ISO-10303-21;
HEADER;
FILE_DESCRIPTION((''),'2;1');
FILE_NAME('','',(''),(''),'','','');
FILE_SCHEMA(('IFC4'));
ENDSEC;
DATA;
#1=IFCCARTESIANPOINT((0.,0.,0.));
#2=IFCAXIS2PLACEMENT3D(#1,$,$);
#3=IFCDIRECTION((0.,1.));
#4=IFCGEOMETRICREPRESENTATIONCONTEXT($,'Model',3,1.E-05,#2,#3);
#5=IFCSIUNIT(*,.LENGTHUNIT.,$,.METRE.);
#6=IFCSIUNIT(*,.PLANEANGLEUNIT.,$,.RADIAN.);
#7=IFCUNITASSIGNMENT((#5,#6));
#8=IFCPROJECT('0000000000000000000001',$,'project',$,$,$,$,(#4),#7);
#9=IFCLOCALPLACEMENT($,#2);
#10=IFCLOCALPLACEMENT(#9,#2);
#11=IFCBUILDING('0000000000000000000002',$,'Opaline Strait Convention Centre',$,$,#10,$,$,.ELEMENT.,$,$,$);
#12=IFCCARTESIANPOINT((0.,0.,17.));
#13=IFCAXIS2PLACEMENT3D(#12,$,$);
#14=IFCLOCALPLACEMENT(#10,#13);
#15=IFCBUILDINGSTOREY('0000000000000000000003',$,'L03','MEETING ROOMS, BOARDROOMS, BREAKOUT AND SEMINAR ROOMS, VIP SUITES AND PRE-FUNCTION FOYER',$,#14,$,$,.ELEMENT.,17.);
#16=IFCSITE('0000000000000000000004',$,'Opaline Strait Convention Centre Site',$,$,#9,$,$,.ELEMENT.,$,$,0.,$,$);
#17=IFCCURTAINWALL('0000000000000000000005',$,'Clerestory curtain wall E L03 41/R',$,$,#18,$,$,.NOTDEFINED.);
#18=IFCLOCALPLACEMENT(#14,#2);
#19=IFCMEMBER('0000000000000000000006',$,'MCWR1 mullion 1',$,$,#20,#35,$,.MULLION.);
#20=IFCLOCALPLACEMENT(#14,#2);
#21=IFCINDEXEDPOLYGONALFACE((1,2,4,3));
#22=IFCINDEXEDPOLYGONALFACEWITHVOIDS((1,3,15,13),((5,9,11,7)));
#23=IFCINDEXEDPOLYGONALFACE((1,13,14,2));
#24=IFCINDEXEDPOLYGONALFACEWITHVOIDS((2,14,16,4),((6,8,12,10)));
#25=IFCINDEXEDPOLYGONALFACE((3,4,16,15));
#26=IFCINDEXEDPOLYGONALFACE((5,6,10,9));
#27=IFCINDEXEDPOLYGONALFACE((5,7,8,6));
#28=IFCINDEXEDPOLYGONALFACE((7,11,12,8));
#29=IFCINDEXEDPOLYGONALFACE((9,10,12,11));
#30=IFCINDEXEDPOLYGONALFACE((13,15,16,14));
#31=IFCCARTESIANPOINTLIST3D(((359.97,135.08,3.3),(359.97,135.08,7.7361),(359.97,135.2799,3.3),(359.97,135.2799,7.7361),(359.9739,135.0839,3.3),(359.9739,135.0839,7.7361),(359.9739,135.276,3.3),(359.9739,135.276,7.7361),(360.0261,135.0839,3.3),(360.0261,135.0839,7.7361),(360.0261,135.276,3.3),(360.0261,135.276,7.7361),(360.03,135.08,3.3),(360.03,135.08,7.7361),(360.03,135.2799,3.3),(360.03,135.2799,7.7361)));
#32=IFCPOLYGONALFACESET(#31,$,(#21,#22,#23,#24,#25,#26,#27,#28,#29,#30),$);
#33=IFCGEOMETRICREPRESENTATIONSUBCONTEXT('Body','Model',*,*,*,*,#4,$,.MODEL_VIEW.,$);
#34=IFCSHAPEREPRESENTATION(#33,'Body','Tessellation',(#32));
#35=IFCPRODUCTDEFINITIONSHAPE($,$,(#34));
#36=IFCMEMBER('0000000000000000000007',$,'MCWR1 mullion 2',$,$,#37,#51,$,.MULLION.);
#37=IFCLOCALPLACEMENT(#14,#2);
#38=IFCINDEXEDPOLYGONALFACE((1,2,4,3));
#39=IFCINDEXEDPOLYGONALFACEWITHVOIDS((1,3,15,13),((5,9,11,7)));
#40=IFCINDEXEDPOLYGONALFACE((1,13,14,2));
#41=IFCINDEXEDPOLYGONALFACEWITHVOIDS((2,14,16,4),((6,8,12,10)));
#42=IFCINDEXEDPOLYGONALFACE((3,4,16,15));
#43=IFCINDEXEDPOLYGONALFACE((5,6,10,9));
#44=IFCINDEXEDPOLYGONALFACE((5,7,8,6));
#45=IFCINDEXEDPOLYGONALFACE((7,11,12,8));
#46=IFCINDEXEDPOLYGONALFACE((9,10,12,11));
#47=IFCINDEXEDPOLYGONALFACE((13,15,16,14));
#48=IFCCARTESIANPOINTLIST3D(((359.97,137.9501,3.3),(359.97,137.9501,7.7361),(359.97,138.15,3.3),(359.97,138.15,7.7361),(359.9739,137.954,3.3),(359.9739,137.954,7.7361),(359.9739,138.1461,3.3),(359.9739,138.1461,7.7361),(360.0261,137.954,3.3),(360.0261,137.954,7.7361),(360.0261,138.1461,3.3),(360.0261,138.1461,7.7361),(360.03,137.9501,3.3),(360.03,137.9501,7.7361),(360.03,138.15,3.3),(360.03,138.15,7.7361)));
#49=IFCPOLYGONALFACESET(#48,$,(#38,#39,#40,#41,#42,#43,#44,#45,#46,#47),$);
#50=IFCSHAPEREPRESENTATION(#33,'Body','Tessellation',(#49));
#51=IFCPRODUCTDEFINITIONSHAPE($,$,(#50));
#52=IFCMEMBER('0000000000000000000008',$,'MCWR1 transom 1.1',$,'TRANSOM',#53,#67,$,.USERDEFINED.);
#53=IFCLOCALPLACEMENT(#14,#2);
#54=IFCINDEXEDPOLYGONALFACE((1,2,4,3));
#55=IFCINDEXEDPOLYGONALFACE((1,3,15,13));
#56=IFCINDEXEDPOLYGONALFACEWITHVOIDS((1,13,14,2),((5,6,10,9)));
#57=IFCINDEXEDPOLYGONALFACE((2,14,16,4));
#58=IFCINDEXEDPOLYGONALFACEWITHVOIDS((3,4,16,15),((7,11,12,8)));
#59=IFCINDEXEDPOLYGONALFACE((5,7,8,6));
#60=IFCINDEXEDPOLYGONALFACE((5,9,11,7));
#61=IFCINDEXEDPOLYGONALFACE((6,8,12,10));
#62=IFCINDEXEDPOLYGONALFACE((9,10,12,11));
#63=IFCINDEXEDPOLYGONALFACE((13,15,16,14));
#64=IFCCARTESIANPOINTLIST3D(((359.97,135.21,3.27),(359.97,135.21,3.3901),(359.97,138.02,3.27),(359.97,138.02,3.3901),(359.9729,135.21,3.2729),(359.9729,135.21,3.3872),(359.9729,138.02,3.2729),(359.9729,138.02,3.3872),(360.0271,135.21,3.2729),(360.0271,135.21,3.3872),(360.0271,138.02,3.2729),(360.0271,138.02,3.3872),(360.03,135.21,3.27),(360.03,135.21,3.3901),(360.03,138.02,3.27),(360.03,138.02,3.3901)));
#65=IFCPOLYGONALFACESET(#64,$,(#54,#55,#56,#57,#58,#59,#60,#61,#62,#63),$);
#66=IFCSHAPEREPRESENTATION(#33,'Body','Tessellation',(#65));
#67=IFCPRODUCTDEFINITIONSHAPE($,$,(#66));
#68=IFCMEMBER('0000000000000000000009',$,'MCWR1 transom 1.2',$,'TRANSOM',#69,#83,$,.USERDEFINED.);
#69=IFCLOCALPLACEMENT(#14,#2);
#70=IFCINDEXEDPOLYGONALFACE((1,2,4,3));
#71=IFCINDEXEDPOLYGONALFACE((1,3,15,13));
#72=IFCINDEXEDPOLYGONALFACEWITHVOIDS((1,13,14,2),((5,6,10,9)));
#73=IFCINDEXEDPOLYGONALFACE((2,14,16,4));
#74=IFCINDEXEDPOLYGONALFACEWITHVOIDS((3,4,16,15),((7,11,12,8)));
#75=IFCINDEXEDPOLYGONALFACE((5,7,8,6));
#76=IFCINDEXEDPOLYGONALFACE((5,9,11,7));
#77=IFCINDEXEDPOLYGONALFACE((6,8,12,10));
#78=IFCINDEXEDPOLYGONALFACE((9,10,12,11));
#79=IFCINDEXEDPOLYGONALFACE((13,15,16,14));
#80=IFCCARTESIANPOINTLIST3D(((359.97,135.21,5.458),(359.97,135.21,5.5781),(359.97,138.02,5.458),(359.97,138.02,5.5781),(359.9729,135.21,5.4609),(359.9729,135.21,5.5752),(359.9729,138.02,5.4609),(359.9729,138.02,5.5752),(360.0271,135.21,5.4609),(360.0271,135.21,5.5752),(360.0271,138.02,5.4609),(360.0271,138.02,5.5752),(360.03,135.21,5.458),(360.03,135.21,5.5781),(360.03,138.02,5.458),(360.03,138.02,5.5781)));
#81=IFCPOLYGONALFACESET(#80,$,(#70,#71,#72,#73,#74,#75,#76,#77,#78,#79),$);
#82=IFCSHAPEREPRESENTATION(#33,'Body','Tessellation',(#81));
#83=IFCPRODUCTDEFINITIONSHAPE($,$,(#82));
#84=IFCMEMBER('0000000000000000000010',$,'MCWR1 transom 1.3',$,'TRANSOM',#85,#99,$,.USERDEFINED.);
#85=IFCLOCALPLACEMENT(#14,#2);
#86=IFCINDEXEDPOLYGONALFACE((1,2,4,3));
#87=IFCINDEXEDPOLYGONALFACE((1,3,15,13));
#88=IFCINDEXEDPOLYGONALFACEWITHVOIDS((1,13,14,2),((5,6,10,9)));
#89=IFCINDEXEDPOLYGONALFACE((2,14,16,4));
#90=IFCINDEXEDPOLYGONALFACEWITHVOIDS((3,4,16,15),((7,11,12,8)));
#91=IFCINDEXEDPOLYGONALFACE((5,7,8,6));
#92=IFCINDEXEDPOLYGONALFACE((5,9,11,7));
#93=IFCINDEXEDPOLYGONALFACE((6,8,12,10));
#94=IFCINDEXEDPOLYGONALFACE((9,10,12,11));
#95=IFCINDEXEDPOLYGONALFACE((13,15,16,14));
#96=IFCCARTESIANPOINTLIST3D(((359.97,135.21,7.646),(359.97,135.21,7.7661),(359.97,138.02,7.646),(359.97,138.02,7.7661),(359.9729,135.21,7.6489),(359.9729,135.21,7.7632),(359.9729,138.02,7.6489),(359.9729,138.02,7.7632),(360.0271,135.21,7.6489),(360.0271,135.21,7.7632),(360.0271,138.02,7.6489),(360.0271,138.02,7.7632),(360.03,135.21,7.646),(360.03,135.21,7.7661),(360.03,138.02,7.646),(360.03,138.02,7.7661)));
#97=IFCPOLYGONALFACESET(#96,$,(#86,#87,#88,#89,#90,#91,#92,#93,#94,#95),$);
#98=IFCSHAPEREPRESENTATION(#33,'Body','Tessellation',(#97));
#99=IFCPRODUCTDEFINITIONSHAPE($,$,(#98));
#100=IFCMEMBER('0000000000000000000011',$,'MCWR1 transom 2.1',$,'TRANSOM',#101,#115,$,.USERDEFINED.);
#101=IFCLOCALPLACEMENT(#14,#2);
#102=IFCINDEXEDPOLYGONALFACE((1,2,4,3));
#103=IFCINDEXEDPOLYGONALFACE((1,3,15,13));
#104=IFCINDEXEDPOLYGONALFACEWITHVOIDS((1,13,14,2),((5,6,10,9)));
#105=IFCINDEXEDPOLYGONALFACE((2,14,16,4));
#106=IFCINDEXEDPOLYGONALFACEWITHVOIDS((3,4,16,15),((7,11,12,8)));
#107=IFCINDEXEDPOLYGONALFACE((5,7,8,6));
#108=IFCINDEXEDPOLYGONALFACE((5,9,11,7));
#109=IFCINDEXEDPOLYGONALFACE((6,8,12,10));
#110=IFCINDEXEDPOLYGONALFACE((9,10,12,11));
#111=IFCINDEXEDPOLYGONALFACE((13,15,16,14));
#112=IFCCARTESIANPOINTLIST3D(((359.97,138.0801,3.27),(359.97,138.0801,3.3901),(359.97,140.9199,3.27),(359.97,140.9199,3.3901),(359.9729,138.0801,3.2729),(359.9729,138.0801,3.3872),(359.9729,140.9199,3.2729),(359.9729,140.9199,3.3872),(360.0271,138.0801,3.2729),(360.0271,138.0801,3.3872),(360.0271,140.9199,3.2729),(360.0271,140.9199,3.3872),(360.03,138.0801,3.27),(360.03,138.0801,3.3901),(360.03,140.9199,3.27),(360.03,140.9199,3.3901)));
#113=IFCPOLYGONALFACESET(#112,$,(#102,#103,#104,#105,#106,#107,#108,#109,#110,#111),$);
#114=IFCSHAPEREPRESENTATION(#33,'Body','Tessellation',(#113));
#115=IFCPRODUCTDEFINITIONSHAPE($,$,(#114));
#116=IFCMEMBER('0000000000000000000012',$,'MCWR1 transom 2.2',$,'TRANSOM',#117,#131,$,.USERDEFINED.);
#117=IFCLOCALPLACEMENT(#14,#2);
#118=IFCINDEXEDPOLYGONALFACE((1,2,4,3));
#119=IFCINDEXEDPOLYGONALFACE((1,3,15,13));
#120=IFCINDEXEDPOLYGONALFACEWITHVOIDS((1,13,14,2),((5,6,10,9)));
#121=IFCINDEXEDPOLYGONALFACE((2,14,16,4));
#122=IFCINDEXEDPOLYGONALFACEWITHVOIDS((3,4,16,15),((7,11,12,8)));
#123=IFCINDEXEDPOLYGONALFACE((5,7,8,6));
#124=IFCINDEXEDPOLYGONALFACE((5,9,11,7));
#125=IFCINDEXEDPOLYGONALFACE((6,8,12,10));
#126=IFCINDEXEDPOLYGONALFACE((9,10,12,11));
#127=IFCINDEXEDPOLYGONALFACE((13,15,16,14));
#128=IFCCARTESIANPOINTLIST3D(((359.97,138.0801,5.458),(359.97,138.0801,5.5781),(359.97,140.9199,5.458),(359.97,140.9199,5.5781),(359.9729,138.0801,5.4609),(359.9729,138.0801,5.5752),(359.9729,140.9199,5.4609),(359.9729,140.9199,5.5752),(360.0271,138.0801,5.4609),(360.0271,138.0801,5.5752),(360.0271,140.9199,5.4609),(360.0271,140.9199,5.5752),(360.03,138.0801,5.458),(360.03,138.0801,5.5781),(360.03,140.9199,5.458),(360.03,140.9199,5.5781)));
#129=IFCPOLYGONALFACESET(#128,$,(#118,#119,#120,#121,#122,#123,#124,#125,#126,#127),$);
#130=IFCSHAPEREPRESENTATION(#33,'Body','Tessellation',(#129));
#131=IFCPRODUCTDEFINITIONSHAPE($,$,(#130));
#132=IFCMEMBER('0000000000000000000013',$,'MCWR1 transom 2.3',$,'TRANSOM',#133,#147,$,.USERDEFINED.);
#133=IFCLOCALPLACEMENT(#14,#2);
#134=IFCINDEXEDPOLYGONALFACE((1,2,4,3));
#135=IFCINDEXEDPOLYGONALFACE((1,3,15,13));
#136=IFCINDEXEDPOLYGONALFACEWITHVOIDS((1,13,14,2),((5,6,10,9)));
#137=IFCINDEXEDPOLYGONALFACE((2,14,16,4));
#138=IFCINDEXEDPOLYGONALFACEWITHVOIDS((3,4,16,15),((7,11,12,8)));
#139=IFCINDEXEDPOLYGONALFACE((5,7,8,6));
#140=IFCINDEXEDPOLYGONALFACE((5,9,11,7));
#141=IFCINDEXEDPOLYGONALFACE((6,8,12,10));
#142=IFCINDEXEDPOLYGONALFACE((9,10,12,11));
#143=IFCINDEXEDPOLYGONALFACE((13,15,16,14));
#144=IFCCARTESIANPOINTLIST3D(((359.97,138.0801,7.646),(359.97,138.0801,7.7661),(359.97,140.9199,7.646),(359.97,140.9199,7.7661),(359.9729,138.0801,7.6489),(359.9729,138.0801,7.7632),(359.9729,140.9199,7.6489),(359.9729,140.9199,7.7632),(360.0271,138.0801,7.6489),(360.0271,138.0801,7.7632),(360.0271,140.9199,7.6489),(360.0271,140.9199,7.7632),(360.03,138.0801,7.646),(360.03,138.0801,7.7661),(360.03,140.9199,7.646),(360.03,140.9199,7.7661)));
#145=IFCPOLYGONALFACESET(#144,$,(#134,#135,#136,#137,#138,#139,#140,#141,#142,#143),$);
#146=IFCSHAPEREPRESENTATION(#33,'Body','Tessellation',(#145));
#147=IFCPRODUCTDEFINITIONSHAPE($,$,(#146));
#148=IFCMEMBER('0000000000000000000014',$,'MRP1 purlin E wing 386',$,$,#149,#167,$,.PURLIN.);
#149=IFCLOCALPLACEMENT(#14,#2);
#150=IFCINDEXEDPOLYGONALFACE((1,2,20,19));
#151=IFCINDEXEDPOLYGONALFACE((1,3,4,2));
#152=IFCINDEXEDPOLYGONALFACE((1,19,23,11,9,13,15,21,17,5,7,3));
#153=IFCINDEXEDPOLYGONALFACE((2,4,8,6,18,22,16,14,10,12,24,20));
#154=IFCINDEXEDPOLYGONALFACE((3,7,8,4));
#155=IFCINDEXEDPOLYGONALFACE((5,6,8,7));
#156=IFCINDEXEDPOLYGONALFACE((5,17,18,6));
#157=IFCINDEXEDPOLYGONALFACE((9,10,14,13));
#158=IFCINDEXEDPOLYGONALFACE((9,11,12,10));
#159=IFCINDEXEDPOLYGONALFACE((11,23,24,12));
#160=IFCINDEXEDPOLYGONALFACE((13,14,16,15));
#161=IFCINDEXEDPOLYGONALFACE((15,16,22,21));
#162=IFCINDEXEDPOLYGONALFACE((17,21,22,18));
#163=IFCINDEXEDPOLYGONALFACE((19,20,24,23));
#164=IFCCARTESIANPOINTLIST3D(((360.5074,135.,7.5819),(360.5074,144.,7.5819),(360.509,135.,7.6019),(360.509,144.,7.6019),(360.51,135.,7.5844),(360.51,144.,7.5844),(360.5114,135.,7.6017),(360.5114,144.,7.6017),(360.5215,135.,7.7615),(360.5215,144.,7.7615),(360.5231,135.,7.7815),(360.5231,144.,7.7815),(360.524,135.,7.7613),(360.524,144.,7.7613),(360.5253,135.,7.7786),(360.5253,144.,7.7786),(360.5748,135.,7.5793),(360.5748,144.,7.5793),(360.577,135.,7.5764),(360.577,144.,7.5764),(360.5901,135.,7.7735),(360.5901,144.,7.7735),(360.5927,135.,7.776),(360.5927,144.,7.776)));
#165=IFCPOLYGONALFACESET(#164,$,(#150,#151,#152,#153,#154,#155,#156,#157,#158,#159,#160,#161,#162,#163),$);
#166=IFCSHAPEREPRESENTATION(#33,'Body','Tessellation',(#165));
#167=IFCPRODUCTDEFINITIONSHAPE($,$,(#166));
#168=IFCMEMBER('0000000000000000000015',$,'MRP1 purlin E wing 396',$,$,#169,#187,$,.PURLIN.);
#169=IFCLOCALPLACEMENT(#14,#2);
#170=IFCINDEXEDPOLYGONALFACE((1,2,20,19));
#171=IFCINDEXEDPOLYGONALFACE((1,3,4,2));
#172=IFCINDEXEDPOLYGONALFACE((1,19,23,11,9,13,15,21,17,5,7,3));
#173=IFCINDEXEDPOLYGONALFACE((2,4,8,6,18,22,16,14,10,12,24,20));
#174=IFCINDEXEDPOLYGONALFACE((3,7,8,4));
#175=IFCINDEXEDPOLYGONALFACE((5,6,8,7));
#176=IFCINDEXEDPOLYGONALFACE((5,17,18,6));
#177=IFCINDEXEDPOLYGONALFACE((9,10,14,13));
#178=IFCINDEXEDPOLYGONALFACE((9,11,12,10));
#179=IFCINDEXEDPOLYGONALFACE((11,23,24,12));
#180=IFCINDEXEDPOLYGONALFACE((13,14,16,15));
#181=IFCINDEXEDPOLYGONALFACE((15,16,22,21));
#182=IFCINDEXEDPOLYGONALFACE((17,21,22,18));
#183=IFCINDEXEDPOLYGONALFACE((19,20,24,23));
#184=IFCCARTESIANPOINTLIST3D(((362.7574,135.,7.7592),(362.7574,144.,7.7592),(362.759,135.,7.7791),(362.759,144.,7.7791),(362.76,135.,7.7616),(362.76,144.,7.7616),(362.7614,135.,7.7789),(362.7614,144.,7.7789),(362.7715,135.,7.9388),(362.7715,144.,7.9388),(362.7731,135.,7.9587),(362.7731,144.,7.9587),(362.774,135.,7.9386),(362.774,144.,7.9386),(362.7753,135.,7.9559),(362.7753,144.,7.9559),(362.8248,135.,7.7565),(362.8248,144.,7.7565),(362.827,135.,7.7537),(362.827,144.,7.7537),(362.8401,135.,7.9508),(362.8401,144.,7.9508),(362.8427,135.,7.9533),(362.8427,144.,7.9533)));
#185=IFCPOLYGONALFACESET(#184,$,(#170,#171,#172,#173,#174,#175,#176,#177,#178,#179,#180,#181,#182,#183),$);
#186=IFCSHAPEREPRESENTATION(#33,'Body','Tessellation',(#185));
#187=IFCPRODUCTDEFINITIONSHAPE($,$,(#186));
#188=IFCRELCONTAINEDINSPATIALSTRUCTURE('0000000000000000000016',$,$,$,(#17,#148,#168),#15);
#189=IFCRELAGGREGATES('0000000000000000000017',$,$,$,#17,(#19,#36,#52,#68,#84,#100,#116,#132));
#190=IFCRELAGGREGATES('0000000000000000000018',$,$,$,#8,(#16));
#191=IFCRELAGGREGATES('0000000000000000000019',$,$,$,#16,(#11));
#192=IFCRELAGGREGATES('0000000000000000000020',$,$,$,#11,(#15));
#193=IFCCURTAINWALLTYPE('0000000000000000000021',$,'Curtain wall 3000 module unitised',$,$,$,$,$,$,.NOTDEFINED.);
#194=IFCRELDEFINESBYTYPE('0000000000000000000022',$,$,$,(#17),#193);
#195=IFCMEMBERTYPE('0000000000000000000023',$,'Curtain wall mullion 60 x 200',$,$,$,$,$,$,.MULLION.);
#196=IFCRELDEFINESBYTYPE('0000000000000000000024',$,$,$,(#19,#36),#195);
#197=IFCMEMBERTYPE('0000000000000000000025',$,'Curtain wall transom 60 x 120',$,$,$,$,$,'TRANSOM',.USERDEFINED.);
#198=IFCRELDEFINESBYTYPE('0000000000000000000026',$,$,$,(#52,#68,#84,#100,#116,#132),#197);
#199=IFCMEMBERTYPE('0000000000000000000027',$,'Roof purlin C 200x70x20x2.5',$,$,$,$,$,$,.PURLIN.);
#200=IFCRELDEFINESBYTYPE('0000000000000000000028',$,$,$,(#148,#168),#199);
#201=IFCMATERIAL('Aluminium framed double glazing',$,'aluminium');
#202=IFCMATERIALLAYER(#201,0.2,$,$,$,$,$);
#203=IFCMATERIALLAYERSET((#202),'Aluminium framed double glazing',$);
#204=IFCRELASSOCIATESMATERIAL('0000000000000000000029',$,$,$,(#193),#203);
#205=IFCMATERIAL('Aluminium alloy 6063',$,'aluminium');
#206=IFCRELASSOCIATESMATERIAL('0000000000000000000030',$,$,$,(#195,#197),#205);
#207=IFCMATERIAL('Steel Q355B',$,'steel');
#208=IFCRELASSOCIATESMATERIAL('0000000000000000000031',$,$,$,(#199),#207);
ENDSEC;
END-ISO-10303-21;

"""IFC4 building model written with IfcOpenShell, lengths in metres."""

from ifc_helpers import new_model, si_unit, direction, frame, origin, origin_2d, place, context, subcontext, project, spatial, polyline, hollow_rectangle, outline, extrude, material, layer, layer_set, material_profile, profile_set, type_object, element, aggregate, save


model = new_model("IFC4")

# Units and contexts
model_context = context("Model", 3, precision=1e-05, world=origin(), true_north=direction((0.0, 1.0)))
body_context = subcontext(model_context, "Body", "Model", "MODEL_VIEW")
ifc_project = project(units=[si_unit("LENGTHUNIT", "METRE"), si_unit("PLANEANGLEUNIT", "RADIAN")], contexts=[model_context])

# Site, building, storey
site_placement = place(None, origin())
site = spatial("IfcSite", under=ifc_project, at=site_placement, Name="Opaline Strait Convention Centre Site", CompositionType="ELEMENT", RefElevation=0.0)
building_placement = place(site_placement, origin())
building = spatial("IfcBuilding", under=site, at=building_placement, Name="Opaline Strait Convention Centre", CompositionType="ELEMENT")
storey_placement = place(building_placement, frame((0.0, 0.0, 17.0)))
storey = spatial("IfcBuildingStorey", under=building, at=storey_placement, Name="L03", Description="MEETING ROOMS, BOARDROOMS, BREAKOUT AND SEMINAR ROOMS, VIP SUITES AND PRE-FUNCTION FOYER", CompositionType="ELEMENT", Elevation=17.0)

# Curtain wall, members
ifc_material_1 = material(Name="Aluminium framed double glazing", Category="aluminium")
ifc_layer_1 = layer(ifc_material_1, 0.2)
ifc_layer_set_1 = layer_set([ifc_layer_1], Name="Aluminium framed double glazing")
curtain_wall_type = type_object("IfcCurtainWallType", Name="Curtain wall 3000 module unitised", PredefinedType="NOTDEFINED", material=ifc_layer_set_1)
curtain_wall_placement = place(storey_placement, origin())
curtain_wall = element("IfcCurtainWall", 1, at=curtain_wall_placement, inside=storey, type_object=curtain_wall_type, Name="Clerestory curtain wall E L03 41/R", PredefinedType="NOTDEFINED")
ifc_material_2 = material(Name="Aluminium alloy 6063", Category="aluminium")
ifc_material_profile_1 = material_profile(ifc_material_2, hollow_rectangle(XDim=0.0601, YDim=0.2, WallThickness=0.0039, at=origin_2d()), Name="MULLION 60x200x4")
ifc_profile_set_1 = profile_set([ifc_material_profile_1], Name="Aluminium alloy 6063")
member_type_1 = type_object("IfcMemberType", Name="Curtain wall mullion 60 x 200", PredefinedType="MULLION", material=ifc_profile_set_1)
member_1_placement = place(storey_placement, frame((360.0, 135.1799, 3.3), z_axis=(0.0, 0.0, 1.0), x_axis=(-1.0, 0.0, 0.0)))
member_1 = element("IfcMember", 2, at=member_1_placement, type_object=member_type_1, Name="MCWR1 mullion 1", PredefinedType="MULLION", context=body_context, shape_type="SweptSolid", body=[
    extrude(hollow_rectangle(XDim=0.0601, YDim=0.2, WallThickness=0.0039, at=origin_2d()), origin(), (0.0, 0.0, 1.0), 4.436),
])
member_2_placement = place(storey_placement, frame((360.0, 138.05, 3.3), z_axis=(0.0, 0.0, 1.0), x_axis=(-1.0, 0.0, 0.0)))
member_2 = element("IfcMember", 3, at=member_2_placement, type_object=member_type_1, Name="MCWR1 mullion 2", PredefinedType="MULLION", context=body_context, shape_type="SweptSolid", body=[
    extrude(hollow_rectangle(XDim=0.0601, YDim=0.2, WallThickness=0.0039, at=origin_2d()), origin(), (0.0, 0.0, 1.0), 4.436),
])
ifc_material_profile_2 = material_profile(ifc_material_2, hollow_rectangle(XDim=0.0601, YDim=0.1201, WallThickness=0.0029, at=origin_2d()), Name="TRANSOM 60x120x3")
ifc_profile_set_2 = profile_set([ifc_material_profile_2], Name="Aluminium alloy 6063")
member_type_2 = type_object("IfcMemberType", Name="Curtain wall transom 60 x 120", ElementType="TRANSOM", PredefinedType="USERDEFINED", material=ifc_profile_set_2)
member_3_placement = place(storey_placement, frame((360.0, 135.21, 3.3301), z_axis=(0.0, 1.0, 0.0), x_axis=(-1.0, 0.0, 0.0)))
member_3 = element("IfcMember", 4, at=member_3_placement, type_object=member_type_2, Name="MCWR1 transom 1.1", ObjectType="TRANSOM", PredefinedType="USERDEFINED", context=body_context, shape_type="SweptSolid", body=[
    extrude(hollow_rectangle(XDim=0.0601, YDim=0.1201, WallThickness=0.0029, at=origin_2d()), origin(), (0.0, 0.0, 1.0), 2.8101),
])
member_4_placement = place(storey_placement, frame((360.0, 135.21, 5.5181), z_axis=(0.0, 1.0, 0.0), x_axis=(-1.0, 0.0, 0.0)))
member_4 = element("IfcMember", 5, at=member_4_placement, type_object=member_type_2, Name="MCWR1 transom 1.2", ObjectType="TRANSOM", PredefinedType="USERDEFINED", context=body_context, shape_type="SweptSolid", body=[
    extrude(hollow_rectangle(XDim=0.0601, YDim=0.1201, WallThickness=0.0029, at=origin_2d()), origin(), (0.0, 0.0, 1.0), 2.8101),
])
member_5_placement = place(storey_placement, frame((360.0, 135.21, 7.7061), z_axis=(0.0, 1.0, 0.0), x_axis=(-1.0, 0.0, 0.0)))
member_5 = element("IfcMember", 6, at=member_5_placement, type_object=member_type_2, Name="MCWR1 transom 1.3", ObjectType="TRANSOM", PredefinedType="USERDEFINED", context=body_context, shape_type="SweptSolid", body=[
    extrude(hollow_rectangle(XDim=0.0601, YDim=0.1201, WallThickness=0.0029, at=origin_2d()), origin(), (0.0, 0.0, 1.0), 2.8101),
])
member_6_placement = place(storey_placement, frame((360.0, 138.0801, 3.3301), z_axis=(0.0, 1.0, 0.0), x_axis=(-1.0, 0.0, 0.0)))
member_6 = element("IfcMember", 7, at=member_6_placement, type_object=member_type_2, Name="MCWR1 transom 2.1", ObjectType="TRANSOM", PredefinedType="USERDEFINED", context=body_context, shape_type="SweptSolid", body=[
    extrude(hollow_rectangle(XDim=0.0601, YDim=0.1201, WallThickness=0.0029, at=origin_2d()), origin(), (0.0, 0.0, 1.0), 2.8398),
])
member_7_placement = place(storey_placement, frame((360.0, 138.0801, 5.5181), z_axis=(0.0, 1.0, 0.0), x_axis=(-1.0, 0.0, 0.0)))
member_7 = element("IfcMember", 8, at=member_7_placement, type_object=member_type_2, Name="MCWR1 transom 2.2", ObjectType="TRANSOM", PredefinedType="USERDEFINED", context=body_context, shape_type="SweptSolid", body=[
    extrude(hollow_rectangle(XDim=0.0601, YDim=0.1201, WallThickness=0.0029, at=origin_2d()), origin(), (0.0, 0.0, 1.0), 2.8398),
])
member_8_placement = place(storey_placement, frame((360.0, 138.0801, 7.7061), z_axis=(0.0, 1.0, 0.0), x_axis=(-1.0, 0.0, 0.0)))
member_8 = element("IfcMember", 9, at=member_8_placement, type_object=member_type_2, Name="MCWR1 transom 2.3", ObjectType="TRANSOM", PredefinedType="USERDEFINED", context=body_context, shape_type="SweptSolid", body=[
    extrude(hollow_rectangle(XDim=0.0601, YDim=0.1201, WallThickness=0.0029, at=origin_2d()), origin(), (0.0, 0.0, 1.0), 2.8398),
])

# Members
ifc_material_3 = material(Name="Steel Q355B", Category="steel")
ifc_material_profile_3 = material_profile(ifc_material_3, outline(polyline([(-0.0349, -0.1001), (0.0349, -0.1001), (0.0349, -0.0801), (0.0325, -0.0801), (0.0325, -0.0974), (-0.0325, -0.0974), (-0.0325, 0.0974), (0.0325, 0.0974), (0.0325, 0.0801), (0.0349, 0.0801), (0.0349, 0.1001), (-0.0349, 0.1001), (-0.0349, -0.1001)])), Name="C 200x70x20x2.5")
ifc_profile_set_3 = profile_set([ifc_material_profile_3], Name="Steel Q355B")
member_type_3 = type_object("IfcMemberType", Name="Roof purlin C 200x70x20x2.5", PredefinedType="PURLIN", material=ifc_profile_set_3)
for number, where, z_axis, x_axis, name in (
    (10, (360.55, 135.0, 7.679), (0.0, 1.0, 0.0), (-0.996917, 0.0, 0.078459), "MRP1 purlin E wing 386"),
    (11, (362.8, 135.0, 7.8562), (0.0, 1.0, 0.0), (-0.996917, 0.0, 0.078459), "MRP1 purlin E wing 396"),
):
    element("IfcMember", number, at=place(storey_placement, frame(where, z_axis=z_axis, x_axis=x_axis)), inside=storey, type_object=member_type_3, Name=name, PredefinedType="PURLIN", context=body_context, shape_type="SweptSolid", body=[
        extrude(outline(polyline([(-0.0349, -0.1001), (0.0349, -0.1001), (0.0349, -0.0801), (0.0325, -0.0801), (0.0325, -0.0974), (-0.0325, -0.0974), (-0.0325, 0.0974), (0.0325, 0.0974), (0.0325, 0.0801), (0.0349, 0.0801), (0.0349, 0.1001), (-0.0349, 0.1001), (-0.0349, -0.1001)])), origin(), (0.0, 0.0, 1.0), 9.0),
    ])

aggregate(curtain_wall, [member_1, member_2, member_3, member_4, member_5, member_6, member_7, member_8])

save(model, "model.ifc")
